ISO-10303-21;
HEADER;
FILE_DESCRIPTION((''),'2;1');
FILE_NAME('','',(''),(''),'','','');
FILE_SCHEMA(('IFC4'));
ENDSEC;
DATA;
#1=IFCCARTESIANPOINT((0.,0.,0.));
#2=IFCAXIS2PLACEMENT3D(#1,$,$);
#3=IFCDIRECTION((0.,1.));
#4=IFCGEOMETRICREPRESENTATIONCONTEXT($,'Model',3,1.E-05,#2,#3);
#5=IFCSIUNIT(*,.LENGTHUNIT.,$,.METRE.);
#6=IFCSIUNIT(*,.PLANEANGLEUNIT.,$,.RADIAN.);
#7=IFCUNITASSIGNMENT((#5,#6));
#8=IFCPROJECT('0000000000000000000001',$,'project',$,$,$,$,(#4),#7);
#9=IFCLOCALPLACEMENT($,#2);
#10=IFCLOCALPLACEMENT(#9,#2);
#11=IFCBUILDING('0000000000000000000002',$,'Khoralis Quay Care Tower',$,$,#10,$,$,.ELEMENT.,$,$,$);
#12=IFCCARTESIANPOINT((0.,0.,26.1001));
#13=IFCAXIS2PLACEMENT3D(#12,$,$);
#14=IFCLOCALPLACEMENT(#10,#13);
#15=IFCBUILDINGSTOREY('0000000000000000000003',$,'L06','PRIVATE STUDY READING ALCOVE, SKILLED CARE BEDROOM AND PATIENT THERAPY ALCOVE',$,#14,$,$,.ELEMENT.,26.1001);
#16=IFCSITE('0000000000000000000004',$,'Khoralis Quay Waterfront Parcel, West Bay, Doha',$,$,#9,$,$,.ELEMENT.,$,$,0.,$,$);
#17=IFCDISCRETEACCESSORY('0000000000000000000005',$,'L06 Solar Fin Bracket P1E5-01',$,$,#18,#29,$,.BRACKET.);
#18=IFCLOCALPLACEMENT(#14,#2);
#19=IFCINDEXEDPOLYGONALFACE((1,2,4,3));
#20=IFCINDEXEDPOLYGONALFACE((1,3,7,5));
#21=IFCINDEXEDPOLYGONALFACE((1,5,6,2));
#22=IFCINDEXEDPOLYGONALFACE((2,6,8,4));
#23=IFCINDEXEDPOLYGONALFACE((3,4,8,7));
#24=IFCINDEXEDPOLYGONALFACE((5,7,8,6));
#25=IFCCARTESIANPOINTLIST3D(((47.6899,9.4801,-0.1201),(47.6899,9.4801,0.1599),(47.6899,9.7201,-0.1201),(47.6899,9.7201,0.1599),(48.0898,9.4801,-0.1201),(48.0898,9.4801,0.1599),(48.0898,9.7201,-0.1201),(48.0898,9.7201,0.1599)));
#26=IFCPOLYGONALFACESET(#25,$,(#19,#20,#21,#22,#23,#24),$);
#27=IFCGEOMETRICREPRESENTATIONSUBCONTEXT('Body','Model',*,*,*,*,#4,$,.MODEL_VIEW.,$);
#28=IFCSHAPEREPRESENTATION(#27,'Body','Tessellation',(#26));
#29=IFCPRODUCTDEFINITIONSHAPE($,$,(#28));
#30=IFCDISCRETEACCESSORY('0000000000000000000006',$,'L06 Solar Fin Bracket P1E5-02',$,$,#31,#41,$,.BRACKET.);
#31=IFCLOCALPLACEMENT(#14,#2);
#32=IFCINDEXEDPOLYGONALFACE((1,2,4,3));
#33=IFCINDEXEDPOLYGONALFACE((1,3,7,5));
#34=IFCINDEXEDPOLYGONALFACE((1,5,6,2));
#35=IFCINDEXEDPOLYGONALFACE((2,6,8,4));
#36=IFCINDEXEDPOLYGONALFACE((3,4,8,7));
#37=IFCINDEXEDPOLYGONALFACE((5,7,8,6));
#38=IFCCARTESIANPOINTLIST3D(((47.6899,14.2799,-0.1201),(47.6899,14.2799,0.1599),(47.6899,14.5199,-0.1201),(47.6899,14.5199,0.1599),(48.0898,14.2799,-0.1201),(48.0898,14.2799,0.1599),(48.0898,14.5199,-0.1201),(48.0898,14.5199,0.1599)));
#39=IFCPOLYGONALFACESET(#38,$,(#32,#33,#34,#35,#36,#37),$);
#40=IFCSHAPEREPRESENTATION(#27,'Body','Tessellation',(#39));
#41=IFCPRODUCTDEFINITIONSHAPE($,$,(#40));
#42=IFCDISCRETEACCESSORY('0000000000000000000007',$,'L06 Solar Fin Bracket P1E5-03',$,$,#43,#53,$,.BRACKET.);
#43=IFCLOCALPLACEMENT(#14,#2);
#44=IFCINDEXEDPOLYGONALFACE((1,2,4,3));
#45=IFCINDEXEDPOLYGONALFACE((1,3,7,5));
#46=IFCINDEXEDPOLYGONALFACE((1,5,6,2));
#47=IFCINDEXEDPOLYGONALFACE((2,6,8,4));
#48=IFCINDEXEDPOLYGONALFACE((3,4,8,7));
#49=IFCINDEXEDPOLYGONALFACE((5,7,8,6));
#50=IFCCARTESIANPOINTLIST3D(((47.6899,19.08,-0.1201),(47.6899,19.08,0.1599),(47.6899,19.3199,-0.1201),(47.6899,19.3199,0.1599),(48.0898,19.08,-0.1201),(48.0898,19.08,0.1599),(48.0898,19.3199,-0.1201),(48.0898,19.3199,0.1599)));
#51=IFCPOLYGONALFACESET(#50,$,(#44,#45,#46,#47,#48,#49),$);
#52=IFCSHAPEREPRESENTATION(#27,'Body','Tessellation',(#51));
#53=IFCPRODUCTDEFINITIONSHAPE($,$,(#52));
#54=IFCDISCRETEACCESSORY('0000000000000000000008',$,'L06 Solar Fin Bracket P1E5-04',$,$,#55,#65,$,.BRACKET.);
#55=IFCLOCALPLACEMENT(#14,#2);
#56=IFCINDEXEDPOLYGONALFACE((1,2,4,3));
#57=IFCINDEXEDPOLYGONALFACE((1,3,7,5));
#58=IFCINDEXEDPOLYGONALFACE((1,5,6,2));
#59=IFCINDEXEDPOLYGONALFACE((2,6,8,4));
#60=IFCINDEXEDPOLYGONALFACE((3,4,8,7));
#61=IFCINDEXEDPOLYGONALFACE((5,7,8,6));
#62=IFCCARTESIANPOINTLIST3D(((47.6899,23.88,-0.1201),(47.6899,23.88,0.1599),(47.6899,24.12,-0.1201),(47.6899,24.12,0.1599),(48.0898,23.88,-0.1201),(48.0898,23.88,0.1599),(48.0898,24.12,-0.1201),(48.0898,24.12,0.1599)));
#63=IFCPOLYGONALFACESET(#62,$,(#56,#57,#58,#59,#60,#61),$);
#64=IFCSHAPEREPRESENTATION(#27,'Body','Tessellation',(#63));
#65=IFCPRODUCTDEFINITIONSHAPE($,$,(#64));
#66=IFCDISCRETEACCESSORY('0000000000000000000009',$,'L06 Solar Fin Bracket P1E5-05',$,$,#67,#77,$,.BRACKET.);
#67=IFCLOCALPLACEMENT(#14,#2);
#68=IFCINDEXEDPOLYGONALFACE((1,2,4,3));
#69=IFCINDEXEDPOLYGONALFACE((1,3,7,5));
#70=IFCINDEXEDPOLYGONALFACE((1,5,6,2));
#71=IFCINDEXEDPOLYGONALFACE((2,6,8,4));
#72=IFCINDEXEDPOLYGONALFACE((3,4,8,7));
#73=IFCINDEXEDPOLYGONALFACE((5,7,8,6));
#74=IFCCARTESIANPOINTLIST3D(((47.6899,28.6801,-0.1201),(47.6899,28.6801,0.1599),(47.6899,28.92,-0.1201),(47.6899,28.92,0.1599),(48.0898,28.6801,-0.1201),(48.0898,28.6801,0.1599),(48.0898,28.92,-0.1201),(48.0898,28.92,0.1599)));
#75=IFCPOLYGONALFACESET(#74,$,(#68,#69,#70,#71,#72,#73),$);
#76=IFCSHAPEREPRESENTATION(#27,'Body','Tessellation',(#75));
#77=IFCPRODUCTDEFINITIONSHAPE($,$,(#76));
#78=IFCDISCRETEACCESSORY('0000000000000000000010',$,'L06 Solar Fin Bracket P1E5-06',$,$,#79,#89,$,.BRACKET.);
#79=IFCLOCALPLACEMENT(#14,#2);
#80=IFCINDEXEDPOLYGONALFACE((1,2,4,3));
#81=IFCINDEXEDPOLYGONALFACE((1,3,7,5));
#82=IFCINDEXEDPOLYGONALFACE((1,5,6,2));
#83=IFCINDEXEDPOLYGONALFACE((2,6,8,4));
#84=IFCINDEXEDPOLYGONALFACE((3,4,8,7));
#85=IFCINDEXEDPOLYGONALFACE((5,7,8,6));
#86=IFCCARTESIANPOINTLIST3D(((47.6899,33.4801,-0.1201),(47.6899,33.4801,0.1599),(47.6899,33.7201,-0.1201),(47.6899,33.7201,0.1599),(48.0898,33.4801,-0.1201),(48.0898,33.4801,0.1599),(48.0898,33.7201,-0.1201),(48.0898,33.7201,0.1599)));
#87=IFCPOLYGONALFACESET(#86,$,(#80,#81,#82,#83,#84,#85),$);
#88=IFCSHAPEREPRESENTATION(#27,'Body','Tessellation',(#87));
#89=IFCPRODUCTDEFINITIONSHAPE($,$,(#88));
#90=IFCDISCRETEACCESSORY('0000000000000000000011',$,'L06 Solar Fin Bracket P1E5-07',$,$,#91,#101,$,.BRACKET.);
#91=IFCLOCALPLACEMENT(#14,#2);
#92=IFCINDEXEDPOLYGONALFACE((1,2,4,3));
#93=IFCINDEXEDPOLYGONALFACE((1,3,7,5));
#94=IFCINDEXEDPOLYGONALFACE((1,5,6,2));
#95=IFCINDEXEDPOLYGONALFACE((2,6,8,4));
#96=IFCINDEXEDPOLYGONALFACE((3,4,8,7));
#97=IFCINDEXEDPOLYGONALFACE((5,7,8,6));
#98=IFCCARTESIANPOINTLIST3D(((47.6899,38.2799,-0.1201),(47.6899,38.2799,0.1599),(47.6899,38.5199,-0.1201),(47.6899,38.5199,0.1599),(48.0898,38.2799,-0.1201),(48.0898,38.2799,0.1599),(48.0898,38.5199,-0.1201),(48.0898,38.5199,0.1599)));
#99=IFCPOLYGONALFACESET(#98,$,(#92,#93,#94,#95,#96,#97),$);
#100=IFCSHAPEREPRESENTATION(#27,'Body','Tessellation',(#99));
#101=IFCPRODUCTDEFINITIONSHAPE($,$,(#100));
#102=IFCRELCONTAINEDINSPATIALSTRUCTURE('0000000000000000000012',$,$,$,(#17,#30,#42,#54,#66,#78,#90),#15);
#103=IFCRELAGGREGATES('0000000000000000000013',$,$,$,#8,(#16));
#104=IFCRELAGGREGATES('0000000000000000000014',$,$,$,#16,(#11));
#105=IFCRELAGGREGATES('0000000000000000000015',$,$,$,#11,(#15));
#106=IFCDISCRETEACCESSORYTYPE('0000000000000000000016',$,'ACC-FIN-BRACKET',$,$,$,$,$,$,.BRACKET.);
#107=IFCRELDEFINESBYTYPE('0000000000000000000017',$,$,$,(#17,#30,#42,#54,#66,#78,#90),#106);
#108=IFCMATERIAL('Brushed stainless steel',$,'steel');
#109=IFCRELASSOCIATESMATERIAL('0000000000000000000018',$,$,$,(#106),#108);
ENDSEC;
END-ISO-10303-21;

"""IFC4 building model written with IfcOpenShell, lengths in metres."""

from ifc_helpers import new_model, si_unit, direction, frame, origin, origin_2d, place, context, subcontext, project, spatial, rectangle, extrude, source, transform, mapped, material, type_object, element, save


model = new_model("IFC4")

# Units and contexts
model_context = context("Model", 3, precision=1e-05, world=origin(), true_north=direction((0.0, 1.0)))
body_context = subcontext(model_context, "Body", "Model", "MODEL_VIEW")
ifc_project = project(units=[si_unit("LENGTHUNIT", "METRE"), si_unit("PLANEANGLEUNIT", "RADIAN")], contexts=[model_context])

# Site, building, storey
site_placement = place(None, origin())
site = spatial("IfcSite", under=ifc_project, at=site_placement, Name="Khoralis Quay Waterfront Parcel, West Bay, Doha", CompositionType="ELEMENT", RefElevation=0.0)
building_placement = place(site_placement, origin())
building = spatial("IfcBuilding", under=site, at=building_placement, Name="Khoralis Quay Care Tower", CompositionType="ELEMENT")
storey_placement = place(building_placement, frame((0.0, 0.0, 26.1001)))
storey = spatial("IfcBuildingStorey", under=building, at=storey_placement, Name="L06", Description="PRIVATE STUDY READING ALCOVE, SKILLED CARE BEDROOM AND PATIENT THERAPY ALCOVE", CompositionType="ELEMENT", Elevation=26.1001)

# Discrete accessories
ifc_material_1 = material(Name="Brushed stainless steel", Category="steel")
discrete_accessory_type = type_object("IfcDiscreteAccessoryType", Name="ACC-FIN-BRACKET", PredefinedType="BRACKET", material=ifc_material_1)
shared_shape_1 = source(origin(), body_context, "Body", "SweptSolid", [
    extrude(rectangle(XDim=0.3999, YDim=0.24, at=origin_2d()), origin(), (0.0, 0.0, 1.0), 0.28),
])
for number, where, z_axis, x_axis, name in (
    (1, (47.8899, 9.6001, -0.1201), (0.0, 0.0, 1.0), (1.0, 0.0, 0.0), "L06 Solar Fin Bracket P1E5-01"),
    (2, (47.8899, 14.3999, -0.1201), (0.0, 0.0, 1.0), (1.0, 0.0, 0.0), "L06 Solar Fin Bracket P1E5-02"),
    (3, (47.8899, 19.2, -0.1201), (0.0, 0.0, 1.0), (1.0, 0.0, 0.0), "L06 Solar Fin Bracket P1E5-03"),
    (4, (47.8899, 24.0, -0.1201), (0.0, 0.0, 1.0), (1.0, 0.0, 0.0), "L06 Solar Fin Bracket P1E5-04"),
    (5, (47.8899, 28.8, -0.1201), (0.0, 0.0, 1.0), (1.0, 0.0, 0.0), "L06 Solar Fin Bracket P1E5-05"),
    (6, (47.8899, 33.6001, -0.1201), (0.0, 0.0, 1.0), (1.0, 0.0, 0.0), "L06 Solar Fin Bracket P1E5-06"),
    (7, (47.8899, 38.3999, -0.1201), (0.0, 0.0, 1.0), (1.0, 0.0, 0.0), "L06 Solar Fin Bracket P1E5-07"),
):
    element("IfcDiscreteAccessory", number, at=place(storey_placement, frame(where, z_axis=z_axis, x_axis=x_axis)), inside=storey, type_object=discrete_accessory_type, Name=name, PredefinedType="BRACKET", context=body_context, shape_type="MappedRepresentation", body=[
        mapped(shared_shape_1, transform((0.0, 0.0, 0.0), scale=1.0)),
    ])

save(model, "model.ifc")
